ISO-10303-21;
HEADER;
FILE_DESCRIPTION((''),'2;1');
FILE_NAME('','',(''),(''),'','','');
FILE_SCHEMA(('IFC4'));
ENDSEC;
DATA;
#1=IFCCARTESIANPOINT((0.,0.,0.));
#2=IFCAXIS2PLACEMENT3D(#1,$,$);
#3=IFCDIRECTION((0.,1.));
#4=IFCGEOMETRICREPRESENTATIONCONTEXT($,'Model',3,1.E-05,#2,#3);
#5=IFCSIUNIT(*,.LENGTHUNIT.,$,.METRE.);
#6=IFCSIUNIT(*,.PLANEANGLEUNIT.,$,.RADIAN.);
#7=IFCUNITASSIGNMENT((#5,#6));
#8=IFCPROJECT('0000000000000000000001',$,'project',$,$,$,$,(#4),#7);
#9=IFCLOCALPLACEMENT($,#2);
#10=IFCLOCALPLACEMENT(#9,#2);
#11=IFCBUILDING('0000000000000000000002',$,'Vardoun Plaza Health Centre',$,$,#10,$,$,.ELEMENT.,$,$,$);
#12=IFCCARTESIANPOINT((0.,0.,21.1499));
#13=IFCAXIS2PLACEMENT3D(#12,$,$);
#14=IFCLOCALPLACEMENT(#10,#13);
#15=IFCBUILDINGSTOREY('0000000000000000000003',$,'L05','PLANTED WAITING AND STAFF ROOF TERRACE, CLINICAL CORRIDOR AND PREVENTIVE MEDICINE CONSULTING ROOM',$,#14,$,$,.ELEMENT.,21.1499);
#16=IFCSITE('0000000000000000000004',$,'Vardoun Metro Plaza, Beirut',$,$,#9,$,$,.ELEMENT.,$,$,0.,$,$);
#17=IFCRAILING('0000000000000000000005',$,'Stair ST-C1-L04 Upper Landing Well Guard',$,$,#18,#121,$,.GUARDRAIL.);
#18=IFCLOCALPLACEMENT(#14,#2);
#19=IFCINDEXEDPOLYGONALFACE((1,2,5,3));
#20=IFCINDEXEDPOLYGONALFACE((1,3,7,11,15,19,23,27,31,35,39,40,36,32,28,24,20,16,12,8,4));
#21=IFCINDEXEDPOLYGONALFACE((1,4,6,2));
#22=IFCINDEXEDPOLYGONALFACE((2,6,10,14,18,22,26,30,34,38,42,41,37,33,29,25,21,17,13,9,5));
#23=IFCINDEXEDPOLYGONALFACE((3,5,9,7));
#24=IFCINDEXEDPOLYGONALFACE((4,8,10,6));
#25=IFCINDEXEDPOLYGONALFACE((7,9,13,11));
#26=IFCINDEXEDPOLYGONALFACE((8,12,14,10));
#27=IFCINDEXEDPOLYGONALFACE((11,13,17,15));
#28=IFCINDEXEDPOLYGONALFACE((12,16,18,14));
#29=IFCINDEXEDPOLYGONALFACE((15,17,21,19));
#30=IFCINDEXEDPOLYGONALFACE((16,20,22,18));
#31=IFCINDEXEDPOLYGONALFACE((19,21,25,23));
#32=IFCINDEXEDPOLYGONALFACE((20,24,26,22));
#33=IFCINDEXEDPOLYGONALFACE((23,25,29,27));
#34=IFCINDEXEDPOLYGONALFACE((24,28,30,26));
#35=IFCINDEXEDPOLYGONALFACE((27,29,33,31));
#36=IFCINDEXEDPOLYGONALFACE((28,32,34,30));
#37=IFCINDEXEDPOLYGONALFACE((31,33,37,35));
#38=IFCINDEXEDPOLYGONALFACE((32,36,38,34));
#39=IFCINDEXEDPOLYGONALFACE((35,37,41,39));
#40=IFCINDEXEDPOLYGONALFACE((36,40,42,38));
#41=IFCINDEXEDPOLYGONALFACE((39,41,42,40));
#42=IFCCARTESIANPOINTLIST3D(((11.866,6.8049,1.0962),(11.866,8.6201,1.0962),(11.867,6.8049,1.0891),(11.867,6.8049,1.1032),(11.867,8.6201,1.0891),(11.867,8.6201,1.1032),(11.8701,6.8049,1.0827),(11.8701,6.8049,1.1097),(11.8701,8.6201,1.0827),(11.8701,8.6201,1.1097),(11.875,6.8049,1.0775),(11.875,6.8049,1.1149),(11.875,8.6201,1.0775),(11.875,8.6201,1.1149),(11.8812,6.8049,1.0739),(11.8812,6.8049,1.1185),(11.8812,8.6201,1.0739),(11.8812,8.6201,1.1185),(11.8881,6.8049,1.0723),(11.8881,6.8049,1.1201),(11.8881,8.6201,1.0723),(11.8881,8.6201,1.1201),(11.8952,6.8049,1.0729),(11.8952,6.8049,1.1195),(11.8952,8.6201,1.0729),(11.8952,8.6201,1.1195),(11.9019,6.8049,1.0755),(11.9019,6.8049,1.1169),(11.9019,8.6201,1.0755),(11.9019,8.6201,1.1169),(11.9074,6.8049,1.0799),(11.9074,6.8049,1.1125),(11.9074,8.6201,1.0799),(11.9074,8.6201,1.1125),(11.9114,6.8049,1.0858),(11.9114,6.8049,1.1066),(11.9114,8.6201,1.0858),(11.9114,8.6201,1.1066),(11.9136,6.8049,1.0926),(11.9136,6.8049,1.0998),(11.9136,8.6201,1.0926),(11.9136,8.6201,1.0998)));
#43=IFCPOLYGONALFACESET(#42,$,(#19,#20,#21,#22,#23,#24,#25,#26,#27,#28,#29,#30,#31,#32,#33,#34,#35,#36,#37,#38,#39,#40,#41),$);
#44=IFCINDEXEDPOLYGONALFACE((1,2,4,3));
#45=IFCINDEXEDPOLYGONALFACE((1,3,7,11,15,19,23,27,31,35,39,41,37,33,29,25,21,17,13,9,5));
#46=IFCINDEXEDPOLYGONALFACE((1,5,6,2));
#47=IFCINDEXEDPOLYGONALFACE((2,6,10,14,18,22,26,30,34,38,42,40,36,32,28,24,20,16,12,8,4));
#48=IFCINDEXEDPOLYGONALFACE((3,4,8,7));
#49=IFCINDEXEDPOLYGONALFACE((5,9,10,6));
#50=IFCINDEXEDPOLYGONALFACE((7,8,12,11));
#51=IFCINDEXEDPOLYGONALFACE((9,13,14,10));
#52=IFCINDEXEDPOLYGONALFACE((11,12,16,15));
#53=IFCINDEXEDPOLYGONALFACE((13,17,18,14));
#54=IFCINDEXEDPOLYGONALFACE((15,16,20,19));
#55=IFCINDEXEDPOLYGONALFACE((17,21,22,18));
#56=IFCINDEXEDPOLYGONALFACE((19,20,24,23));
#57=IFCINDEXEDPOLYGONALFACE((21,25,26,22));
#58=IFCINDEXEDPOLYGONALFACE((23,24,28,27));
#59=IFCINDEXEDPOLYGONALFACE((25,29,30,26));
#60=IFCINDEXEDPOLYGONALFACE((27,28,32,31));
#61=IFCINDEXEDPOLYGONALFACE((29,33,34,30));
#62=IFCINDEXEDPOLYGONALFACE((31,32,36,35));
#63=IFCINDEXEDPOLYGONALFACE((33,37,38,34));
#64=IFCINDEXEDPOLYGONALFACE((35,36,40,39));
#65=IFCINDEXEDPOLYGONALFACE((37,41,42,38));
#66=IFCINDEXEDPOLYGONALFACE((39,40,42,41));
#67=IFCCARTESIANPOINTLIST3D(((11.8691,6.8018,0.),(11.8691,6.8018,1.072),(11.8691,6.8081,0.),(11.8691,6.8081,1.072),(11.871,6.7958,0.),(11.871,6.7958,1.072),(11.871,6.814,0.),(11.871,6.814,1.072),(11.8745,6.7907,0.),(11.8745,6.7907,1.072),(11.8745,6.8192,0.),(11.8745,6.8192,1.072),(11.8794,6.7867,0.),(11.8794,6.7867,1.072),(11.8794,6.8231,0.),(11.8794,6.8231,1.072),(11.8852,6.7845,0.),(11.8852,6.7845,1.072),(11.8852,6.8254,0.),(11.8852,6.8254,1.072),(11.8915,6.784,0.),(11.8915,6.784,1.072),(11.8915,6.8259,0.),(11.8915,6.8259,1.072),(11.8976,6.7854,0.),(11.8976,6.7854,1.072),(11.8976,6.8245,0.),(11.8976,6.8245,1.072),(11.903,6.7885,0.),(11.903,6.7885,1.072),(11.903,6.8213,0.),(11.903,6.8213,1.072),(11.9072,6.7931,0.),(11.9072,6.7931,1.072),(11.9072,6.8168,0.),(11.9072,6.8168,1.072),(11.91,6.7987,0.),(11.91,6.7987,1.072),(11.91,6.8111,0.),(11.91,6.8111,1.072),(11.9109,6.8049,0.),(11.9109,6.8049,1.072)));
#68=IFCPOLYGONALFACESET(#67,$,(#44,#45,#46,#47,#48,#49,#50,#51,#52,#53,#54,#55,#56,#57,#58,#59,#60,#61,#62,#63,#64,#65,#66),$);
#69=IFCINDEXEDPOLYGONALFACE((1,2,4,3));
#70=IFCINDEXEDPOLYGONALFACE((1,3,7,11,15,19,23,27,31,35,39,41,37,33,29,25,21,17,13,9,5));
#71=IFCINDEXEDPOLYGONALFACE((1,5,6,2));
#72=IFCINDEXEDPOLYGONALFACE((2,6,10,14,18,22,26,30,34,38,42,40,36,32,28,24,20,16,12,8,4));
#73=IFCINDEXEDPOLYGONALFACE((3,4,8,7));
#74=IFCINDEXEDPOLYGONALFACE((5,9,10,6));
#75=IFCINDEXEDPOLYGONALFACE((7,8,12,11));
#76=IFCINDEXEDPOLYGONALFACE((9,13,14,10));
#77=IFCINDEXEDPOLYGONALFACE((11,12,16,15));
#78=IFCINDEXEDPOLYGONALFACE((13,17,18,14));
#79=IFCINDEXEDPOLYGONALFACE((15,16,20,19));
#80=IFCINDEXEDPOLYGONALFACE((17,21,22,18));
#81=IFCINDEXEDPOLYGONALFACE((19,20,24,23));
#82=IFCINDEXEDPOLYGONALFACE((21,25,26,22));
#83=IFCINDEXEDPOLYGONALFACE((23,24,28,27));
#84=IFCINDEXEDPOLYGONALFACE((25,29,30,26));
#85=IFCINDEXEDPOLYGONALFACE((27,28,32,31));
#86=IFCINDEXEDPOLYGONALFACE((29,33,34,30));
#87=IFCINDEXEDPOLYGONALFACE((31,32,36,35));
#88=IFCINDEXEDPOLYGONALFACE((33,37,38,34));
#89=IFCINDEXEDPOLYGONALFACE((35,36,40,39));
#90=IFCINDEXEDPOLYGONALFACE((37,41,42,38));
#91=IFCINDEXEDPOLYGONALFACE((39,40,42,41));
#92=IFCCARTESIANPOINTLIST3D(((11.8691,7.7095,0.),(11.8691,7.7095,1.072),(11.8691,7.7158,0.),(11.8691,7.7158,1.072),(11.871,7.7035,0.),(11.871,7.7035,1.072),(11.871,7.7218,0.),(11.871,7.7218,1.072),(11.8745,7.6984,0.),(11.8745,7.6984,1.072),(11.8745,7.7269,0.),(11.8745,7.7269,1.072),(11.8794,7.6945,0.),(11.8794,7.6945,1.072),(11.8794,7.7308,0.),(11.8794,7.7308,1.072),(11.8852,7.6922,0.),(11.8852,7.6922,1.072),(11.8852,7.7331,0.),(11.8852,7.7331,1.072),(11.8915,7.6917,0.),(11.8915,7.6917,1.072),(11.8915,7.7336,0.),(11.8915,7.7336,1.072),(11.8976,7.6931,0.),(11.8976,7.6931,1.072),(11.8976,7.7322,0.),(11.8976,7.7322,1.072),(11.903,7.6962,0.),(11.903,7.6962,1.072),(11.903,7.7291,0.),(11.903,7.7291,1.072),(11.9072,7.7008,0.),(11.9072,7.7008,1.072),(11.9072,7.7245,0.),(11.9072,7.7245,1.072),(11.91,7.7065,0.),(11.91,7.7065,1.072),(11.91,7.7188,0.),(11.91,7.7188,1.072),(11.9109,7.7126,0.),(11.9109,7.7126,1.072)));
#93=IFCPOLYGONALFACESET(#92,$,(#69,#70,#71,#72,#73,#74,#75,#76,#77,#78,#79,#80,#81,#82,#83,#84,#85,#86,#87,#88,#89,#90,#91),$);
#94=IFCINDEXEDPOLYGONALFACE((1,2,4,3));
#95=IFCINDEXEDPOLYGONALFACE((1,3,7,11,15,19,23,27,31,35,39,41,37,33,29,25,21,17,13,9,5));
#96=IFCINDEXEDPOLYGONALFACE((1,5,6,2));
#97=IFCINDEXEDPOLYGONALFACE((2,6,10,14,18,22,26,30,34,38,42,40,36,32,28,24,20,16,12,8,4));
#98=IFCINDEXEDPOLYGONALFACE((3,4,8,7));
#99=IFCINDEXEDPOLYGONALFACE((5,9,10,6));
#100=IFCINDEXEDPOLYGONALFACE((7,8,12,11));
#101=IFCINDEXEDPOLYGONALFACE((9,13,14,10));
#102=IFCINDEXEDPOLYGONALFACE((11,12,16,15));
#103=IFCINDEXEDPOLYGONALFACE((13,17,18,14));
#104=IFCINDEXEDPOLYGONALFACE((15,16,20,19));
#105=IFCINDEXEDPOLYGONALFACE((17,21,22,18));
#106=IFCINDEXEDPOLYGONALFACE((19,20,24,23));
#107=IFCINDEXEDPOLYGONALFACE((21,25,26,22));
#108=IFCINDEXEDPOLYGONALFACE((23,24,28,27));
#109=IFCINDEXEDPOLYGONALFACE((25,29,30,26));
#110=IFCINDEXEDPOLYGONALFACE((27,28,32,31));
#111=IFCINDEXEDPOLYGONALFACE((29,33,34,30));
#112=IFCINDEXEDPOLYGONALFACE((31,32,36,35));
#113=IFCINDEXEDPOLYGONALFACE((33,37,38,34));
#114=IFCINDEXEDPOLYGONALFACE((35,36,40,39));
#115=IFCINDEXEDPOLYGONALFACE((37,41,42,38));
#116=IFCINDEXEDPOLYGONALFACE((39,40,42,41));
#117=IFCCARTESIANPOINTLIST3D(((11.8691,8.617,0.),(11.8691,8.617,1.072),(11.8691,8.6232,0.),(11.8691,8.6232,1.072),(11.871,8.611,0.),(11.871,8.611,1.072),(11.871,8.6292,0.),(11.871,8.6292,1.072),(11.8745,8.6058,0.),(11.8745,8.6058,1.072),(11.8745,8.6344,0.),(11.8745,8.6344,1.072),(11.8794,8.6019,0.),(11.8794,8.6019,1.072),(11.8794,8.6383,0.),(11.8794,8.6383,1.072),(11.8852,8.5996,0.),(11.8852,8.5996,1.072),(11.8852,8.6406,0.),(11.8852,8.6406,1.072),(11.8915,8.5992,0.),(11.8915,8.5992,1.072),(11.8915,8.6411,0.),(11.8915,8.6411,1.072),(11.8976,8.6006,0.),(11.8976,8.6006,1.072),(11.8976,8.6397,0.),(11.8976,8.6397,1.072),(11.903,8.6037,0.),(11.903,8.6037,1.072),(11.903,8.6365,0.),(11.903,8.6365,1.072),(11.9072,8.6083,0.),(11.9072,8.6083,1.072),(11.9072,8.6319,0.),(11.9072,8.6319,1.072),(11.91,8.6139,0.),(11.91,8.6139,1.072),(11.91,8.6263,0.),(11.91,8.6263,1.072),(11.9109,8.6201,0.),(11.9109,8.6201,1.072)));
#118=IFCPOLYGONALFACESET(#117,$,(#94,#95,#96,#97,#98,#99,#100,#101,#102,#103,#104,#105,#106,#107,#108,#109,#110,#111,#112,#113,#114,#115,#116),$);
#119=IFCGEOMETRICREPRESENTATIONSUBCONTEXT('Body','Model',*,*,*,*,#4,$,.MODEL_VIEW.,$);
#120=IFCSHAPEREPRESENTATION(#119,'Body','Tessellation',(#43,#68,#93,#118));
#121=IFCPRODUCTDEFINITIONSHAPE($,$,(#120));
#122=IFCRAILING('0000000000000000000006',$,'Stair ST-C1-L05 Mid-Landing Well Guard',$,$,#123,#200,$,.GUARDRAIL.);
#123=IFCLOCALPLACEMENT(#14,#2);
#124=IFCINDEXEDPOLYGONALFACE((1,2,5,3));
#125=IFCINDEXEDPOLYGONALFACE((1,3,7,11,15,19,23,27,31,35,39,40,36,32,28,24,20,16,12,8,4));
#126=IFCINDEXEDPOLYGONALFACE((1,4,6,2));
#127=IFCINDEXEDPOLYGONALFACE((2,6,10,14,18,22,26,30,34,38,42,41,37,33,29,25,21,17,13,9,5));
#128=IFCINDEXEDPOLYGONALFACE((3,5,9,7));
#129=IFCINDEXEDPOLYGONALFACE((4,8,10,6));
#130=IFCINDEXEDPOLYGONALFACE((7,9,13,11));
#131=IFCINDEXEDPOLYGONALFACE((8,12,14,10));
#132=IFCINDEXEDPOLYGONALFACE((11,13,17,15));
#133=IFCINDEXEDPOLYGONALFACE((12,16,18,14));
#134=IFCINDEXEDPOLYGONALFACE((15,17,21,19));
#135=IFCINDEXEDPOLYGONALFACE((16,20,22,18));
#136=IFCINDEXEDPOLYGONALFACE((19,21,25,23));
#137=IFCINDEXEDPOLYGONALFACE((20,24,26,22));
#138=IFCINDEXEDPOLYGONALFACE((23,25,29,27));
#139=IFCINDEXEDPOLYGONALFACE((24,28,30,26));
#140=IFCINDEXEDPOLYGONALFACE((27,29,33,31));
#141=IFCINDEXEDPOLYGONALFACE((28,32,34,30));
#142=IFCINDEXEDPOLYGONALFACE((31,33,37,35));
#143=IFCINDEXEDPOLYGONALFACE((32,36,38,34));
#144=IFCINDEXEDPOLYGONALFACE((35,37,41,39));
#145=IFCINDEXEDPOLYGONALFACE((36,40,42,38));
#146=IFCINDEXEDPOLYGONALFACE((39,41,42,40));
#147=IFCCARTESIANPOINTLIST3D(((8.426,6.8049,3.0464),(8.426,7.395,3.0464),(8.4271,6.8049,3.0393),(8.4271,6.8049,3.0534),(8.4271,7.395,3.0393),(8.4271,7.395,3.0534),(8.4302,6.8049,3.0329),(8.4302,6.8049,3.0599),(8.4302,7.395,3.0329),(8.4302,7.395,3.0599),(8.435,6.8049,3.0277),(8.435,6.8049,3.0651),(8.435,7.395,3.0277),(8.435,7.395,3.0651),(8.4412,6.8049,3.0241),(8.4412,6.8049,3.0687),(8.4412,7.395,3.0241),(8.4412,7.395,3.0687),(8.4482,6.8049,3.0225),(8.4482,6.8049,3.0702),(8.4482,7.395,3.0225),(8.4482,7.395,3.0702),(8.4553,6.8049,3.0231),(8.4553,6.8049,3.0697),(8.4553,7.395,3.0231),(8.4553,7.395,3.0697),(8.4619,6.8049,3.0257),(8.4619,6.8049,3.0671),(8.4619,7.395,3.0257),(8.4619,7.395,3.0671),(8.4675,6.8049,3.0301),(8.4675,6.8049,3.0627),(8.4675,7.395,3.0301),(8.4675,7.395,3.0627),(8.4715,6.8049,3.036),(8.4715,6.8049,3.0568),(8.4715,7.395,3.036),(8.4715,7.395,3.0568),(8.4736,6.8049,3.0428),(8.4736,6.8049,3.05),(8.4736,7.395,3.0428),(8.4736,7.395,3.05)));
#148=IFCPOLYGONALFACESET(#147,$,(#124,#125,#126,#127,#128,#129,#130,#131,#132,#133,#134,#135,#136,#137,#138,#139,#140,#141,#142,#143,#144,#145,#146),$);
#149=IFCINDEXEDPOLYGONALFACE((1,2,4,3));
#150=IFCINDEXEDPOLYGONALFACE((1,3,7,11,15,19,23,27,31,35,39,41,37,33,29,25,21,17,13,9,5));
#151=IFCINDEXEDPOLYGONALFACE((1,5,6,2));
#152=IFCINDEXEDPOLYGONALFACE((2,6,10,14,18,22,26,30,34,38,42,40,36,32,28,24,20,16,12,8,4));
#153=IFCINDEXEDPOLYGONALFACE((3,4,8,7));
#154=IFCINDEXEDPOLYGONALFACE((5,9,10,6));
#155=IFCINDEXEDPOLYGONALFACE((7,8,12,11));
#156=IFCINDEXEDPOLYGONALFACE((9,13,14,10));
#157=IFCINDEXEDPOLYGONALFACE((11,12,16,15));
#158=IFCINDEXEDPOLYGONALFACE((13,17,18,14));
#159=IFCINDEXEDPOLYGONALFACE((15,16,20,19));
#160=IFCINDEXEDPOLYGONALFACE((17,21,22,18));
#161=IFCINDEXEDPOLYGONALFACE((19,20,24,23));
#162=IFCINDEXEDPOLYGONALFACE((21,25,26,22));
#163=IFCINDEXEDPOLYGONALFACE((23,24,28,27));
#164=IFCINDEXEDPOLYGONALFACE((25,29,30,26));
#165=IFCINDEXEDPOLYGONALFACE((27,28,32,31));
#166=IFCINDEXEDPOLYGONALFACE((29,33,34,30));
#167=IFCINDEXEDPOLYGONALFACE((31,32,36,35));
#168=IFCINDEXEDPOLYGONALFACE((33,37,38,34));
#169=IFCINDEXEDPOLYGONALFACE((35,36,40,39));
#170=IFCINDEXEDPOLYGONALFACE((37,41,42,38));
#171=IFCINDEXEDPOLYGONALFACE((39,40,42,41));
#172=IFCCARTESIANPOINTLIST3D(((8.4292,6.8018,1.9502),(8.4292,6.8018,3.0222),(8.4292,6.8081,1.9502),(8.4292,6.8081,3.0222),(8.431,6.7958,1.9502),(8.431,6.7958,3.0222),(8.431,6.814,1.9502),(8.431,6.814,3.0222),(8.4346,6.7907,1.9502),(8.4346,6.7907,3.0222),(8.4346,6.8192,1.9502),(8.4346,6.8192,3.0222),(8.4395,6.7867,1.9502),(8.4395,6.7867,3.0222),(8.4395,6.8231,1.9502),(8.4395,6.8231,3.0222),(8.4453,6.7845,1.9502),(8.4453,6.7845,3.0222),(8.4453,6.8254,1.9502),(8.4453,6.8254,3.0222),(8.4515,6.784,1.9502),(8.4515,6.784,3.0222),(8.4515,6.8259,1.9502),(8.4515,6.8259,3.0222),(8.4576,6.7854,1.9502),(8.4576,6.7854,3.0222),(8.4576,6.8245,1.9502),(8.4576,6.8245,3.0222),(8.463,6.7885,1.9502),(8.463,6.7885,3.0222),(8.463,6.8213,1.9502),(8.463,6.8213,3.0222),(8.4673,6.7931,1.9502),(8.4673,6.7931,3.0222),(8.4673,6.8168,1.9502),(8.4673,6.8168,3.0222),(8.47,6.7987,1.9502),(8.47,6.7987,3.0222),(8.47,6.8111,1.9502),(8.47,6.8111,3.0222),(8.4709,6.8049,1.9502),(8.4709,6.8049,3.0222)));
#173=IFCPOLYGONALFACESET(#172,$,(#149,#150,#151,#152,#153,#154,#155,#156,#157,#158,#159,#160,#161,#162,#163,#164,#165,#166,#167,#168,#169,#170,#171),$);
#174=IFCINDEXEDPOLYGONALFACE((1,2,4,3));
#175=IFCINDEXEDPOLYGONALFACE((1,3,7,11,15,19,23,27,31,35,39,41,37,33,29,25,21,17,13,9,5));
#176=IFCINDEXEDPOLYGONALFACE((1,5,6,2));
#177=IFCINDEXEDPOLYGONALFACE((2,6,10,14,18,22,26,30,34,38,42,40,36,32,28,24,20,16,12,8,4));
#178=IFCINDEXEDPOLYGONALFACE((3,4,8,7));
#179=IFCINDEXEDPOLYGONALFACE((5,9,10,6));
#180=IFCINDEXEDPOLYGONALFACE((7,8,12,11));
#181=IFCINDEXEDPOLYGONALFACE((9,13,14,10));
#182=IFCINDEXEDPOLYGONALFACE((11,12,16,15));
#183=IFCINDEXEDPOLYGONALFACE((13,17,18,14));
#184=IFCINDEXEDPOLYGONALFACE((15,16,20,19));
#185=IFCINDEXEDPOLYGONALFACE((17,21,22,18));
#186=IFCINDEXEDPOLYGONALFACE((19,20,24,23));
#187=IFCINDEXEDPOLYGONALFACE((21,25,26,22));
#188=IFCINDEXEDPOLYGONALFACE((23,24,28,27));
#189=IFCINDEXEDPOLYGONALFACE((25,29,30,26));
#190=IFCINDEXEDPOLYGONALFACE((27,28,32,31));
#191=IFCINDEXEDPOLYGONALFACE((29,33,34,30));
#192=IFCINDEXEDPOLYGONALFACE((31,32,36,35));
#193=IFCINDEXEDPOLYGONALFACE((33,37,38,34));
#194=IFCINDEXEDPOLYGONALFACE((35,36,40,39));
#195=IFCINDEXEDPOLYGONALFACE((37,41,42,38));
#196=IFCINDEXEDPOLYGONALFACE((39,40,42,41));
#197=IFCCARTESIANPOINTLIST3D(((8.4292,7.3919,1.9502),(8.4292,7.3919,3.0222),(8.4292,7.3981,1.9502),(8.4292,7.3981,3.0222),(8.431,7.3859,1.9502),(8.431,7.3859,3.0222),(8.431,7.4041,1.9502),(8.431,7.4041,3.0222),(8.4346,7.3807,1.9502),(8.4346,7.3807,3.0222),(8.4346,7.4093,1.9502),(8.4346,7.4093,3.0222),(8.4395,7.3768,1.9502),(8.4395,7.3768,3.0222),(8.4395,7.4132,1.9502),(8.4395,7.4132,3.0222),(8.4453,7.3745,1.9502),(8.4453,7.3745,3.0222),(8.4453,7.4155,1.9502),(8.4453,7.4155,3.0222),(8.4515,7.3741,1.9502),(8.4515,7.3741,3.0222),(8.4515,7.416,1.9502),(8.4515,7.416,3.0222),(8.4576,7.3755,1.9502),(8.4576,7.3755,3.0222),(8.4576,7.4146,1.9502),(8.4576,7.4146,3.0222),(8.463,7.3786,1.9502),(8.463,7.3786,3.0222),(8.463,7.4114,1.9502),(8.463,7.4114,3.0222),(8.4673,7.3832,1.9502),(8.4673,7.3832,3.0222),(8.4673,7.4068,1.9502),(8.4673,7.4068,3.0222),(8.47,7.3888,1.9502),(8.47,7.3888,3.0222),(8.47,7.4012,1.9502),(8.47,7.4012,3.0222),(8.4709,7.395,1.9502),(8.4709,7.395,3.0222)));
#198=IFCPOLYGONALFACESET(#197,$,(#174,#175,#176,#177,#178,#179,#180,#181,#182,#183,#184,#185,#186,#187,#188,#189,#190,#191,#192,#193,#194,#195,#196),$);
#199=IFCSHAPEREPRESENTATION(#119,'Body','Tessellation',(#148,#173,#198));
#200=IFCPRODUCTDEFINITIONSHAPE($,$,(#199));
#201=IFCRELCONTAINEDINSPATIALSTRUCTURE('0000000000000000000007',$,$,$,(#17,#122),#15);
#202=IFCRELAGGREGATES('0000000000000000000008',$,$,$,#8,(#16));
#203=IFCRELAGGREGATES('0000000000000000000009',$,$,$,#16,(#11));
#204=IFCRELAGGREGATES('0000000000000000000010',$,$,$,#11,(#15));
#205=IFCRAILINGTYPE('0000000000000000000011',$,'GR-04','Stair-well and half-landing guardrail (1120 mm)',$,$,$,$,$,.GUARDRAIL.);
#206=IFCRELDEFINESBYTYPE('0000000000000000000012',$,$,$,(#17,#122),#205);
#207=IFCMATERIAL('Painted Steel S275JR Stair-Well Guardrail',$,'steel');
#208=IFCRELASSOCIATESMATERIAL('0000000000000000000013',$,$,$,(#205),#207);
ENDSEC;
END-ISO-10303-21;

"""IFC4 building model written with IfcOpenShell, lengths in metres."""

from ifc_helpers import new_model, si_unit, direction, frame, origin, origin_2d, place, context, subcontext, project, spatial, circle, extrude, material, type_object, element, save


model = new_model("IFC4")

# Units and contexts
model_context = context("Model", 3, precision=1e-05, world=origin(), true_north=direction((0.0, 1.0)))
body_context = subcontext(model_context, "Body", "Model", "MODEL_VIEW")
ifc_project = project(units=[si_unit("LENGTHUNIT", "METRE"), si_unit("PLANEANGLEUNIT", "RADIAN")], contexts=[model_context])

# Site, building, storey
site_placement = place(None, origin())
site = spatial("IfcSite", under=ifc_project, at=site_placement, Name="Vardoun Metro Plaza, Beirut", CompositionType="ELEMENT", RefElevation=0.0)
building_placement = place(site_placement, origin())
building = spatial("IfcBuilding", under=site, at=building_placement, Name="Vardoun Plaza Health Centre", CompositionType="ELEMENT")
storey_placement = place(building_placement, frame((0.0, 0.0, 21.1499)))
storey = spatial("IfcBuildingStorey", under=building, at=storey_placement, Name="L05", Description="PLANTED WAITING AND STAFF ROOF TERRACE, CLINICAL CORRIDOR AND PREVENTIVE MEDICINE CONSULTING ROOM", CompositionType="ELEMENT", Elevation=21.1499)

# Railings
ifc_material_1 = material(Name="Painted Steel S275JR Stair-Well Guardrail", Category="steel")
railing_type_1 = type_object("IfcRailingType", Name="GR-04", Description="Stair-well and half-landing guardrail (1120 mm)", PredefinedType="GUARDRAIL", material=ifc_material_1)
railing_1_placement = place(storey_placement, frame((11.8899, 6.8049, 0.0)))
element("IfcRailing", 1, at=railing_1_placement, inside=storey, type_object=railing_type_1, Name="Stair ST-C1-L04 Upper Landing Well Guard", PredefinedType="GUARDRAIL", context=body_context, shape_type="SweptSolid", body=[
    extrude(circle(Radius=0.0239, at=origin_2d()), frame((0.0, 0.0, 1.0962), z_axis=(0.0, 1.0, 0.0), x_axis=(-1.0, 0.0, 0.0)), (0.0, 0.0, 1.0), 1.8152),
    extrude(circle(Radius=0.021, at=origin_2d()), origin(), (0.0, 0.0, 1.0), 1.072),
    extrude(circle(Radius=0.021, at=origin_2d()), frame((0.0, 0.9077, 0.0)), (0.0, 0.0, 1.0), 1.072),
    extrude(circle(Radius=0.021, at=origin_2d()), frame((0.0, 1.8152, 0.0)), (0.0, 0.0, 1.0), 1.072),
])
railing_2_placement = place(storey_placement, frame((8.45, 6.8049, 1.9502)))
element("IfcRailing", 2, at=railing_2_placement, inside=storey, type_object=railing_type_1, Name="Stair ST-C1-L05 Mid-Landing Well Guard", PredefinedType="GUARDRAIL", context=body_context, shape_type="SweptSolid", body=[
    extrude(circle(Radius=0.0239, at=origin_2d()), frame((0.0, 0.0, 1.0962), z_axis=(0.0, 1.0, 0.0), x_axis=(-1.0, 0.0, 0.0)), (0.0, 0.0, 1.0), 0.5901),
    extrude(circle(Radius=0.021, at=origin_2d()), origin(), (0.0, 0.0, 1.0), 1.072),
    extrude(circle(Radius=0.021, at=origin_2d()), frame((0.0, 0.5901, 0.0)), (0.0, 0.0, 1.0), 1.072),
])

save(model, "model.ifc")
